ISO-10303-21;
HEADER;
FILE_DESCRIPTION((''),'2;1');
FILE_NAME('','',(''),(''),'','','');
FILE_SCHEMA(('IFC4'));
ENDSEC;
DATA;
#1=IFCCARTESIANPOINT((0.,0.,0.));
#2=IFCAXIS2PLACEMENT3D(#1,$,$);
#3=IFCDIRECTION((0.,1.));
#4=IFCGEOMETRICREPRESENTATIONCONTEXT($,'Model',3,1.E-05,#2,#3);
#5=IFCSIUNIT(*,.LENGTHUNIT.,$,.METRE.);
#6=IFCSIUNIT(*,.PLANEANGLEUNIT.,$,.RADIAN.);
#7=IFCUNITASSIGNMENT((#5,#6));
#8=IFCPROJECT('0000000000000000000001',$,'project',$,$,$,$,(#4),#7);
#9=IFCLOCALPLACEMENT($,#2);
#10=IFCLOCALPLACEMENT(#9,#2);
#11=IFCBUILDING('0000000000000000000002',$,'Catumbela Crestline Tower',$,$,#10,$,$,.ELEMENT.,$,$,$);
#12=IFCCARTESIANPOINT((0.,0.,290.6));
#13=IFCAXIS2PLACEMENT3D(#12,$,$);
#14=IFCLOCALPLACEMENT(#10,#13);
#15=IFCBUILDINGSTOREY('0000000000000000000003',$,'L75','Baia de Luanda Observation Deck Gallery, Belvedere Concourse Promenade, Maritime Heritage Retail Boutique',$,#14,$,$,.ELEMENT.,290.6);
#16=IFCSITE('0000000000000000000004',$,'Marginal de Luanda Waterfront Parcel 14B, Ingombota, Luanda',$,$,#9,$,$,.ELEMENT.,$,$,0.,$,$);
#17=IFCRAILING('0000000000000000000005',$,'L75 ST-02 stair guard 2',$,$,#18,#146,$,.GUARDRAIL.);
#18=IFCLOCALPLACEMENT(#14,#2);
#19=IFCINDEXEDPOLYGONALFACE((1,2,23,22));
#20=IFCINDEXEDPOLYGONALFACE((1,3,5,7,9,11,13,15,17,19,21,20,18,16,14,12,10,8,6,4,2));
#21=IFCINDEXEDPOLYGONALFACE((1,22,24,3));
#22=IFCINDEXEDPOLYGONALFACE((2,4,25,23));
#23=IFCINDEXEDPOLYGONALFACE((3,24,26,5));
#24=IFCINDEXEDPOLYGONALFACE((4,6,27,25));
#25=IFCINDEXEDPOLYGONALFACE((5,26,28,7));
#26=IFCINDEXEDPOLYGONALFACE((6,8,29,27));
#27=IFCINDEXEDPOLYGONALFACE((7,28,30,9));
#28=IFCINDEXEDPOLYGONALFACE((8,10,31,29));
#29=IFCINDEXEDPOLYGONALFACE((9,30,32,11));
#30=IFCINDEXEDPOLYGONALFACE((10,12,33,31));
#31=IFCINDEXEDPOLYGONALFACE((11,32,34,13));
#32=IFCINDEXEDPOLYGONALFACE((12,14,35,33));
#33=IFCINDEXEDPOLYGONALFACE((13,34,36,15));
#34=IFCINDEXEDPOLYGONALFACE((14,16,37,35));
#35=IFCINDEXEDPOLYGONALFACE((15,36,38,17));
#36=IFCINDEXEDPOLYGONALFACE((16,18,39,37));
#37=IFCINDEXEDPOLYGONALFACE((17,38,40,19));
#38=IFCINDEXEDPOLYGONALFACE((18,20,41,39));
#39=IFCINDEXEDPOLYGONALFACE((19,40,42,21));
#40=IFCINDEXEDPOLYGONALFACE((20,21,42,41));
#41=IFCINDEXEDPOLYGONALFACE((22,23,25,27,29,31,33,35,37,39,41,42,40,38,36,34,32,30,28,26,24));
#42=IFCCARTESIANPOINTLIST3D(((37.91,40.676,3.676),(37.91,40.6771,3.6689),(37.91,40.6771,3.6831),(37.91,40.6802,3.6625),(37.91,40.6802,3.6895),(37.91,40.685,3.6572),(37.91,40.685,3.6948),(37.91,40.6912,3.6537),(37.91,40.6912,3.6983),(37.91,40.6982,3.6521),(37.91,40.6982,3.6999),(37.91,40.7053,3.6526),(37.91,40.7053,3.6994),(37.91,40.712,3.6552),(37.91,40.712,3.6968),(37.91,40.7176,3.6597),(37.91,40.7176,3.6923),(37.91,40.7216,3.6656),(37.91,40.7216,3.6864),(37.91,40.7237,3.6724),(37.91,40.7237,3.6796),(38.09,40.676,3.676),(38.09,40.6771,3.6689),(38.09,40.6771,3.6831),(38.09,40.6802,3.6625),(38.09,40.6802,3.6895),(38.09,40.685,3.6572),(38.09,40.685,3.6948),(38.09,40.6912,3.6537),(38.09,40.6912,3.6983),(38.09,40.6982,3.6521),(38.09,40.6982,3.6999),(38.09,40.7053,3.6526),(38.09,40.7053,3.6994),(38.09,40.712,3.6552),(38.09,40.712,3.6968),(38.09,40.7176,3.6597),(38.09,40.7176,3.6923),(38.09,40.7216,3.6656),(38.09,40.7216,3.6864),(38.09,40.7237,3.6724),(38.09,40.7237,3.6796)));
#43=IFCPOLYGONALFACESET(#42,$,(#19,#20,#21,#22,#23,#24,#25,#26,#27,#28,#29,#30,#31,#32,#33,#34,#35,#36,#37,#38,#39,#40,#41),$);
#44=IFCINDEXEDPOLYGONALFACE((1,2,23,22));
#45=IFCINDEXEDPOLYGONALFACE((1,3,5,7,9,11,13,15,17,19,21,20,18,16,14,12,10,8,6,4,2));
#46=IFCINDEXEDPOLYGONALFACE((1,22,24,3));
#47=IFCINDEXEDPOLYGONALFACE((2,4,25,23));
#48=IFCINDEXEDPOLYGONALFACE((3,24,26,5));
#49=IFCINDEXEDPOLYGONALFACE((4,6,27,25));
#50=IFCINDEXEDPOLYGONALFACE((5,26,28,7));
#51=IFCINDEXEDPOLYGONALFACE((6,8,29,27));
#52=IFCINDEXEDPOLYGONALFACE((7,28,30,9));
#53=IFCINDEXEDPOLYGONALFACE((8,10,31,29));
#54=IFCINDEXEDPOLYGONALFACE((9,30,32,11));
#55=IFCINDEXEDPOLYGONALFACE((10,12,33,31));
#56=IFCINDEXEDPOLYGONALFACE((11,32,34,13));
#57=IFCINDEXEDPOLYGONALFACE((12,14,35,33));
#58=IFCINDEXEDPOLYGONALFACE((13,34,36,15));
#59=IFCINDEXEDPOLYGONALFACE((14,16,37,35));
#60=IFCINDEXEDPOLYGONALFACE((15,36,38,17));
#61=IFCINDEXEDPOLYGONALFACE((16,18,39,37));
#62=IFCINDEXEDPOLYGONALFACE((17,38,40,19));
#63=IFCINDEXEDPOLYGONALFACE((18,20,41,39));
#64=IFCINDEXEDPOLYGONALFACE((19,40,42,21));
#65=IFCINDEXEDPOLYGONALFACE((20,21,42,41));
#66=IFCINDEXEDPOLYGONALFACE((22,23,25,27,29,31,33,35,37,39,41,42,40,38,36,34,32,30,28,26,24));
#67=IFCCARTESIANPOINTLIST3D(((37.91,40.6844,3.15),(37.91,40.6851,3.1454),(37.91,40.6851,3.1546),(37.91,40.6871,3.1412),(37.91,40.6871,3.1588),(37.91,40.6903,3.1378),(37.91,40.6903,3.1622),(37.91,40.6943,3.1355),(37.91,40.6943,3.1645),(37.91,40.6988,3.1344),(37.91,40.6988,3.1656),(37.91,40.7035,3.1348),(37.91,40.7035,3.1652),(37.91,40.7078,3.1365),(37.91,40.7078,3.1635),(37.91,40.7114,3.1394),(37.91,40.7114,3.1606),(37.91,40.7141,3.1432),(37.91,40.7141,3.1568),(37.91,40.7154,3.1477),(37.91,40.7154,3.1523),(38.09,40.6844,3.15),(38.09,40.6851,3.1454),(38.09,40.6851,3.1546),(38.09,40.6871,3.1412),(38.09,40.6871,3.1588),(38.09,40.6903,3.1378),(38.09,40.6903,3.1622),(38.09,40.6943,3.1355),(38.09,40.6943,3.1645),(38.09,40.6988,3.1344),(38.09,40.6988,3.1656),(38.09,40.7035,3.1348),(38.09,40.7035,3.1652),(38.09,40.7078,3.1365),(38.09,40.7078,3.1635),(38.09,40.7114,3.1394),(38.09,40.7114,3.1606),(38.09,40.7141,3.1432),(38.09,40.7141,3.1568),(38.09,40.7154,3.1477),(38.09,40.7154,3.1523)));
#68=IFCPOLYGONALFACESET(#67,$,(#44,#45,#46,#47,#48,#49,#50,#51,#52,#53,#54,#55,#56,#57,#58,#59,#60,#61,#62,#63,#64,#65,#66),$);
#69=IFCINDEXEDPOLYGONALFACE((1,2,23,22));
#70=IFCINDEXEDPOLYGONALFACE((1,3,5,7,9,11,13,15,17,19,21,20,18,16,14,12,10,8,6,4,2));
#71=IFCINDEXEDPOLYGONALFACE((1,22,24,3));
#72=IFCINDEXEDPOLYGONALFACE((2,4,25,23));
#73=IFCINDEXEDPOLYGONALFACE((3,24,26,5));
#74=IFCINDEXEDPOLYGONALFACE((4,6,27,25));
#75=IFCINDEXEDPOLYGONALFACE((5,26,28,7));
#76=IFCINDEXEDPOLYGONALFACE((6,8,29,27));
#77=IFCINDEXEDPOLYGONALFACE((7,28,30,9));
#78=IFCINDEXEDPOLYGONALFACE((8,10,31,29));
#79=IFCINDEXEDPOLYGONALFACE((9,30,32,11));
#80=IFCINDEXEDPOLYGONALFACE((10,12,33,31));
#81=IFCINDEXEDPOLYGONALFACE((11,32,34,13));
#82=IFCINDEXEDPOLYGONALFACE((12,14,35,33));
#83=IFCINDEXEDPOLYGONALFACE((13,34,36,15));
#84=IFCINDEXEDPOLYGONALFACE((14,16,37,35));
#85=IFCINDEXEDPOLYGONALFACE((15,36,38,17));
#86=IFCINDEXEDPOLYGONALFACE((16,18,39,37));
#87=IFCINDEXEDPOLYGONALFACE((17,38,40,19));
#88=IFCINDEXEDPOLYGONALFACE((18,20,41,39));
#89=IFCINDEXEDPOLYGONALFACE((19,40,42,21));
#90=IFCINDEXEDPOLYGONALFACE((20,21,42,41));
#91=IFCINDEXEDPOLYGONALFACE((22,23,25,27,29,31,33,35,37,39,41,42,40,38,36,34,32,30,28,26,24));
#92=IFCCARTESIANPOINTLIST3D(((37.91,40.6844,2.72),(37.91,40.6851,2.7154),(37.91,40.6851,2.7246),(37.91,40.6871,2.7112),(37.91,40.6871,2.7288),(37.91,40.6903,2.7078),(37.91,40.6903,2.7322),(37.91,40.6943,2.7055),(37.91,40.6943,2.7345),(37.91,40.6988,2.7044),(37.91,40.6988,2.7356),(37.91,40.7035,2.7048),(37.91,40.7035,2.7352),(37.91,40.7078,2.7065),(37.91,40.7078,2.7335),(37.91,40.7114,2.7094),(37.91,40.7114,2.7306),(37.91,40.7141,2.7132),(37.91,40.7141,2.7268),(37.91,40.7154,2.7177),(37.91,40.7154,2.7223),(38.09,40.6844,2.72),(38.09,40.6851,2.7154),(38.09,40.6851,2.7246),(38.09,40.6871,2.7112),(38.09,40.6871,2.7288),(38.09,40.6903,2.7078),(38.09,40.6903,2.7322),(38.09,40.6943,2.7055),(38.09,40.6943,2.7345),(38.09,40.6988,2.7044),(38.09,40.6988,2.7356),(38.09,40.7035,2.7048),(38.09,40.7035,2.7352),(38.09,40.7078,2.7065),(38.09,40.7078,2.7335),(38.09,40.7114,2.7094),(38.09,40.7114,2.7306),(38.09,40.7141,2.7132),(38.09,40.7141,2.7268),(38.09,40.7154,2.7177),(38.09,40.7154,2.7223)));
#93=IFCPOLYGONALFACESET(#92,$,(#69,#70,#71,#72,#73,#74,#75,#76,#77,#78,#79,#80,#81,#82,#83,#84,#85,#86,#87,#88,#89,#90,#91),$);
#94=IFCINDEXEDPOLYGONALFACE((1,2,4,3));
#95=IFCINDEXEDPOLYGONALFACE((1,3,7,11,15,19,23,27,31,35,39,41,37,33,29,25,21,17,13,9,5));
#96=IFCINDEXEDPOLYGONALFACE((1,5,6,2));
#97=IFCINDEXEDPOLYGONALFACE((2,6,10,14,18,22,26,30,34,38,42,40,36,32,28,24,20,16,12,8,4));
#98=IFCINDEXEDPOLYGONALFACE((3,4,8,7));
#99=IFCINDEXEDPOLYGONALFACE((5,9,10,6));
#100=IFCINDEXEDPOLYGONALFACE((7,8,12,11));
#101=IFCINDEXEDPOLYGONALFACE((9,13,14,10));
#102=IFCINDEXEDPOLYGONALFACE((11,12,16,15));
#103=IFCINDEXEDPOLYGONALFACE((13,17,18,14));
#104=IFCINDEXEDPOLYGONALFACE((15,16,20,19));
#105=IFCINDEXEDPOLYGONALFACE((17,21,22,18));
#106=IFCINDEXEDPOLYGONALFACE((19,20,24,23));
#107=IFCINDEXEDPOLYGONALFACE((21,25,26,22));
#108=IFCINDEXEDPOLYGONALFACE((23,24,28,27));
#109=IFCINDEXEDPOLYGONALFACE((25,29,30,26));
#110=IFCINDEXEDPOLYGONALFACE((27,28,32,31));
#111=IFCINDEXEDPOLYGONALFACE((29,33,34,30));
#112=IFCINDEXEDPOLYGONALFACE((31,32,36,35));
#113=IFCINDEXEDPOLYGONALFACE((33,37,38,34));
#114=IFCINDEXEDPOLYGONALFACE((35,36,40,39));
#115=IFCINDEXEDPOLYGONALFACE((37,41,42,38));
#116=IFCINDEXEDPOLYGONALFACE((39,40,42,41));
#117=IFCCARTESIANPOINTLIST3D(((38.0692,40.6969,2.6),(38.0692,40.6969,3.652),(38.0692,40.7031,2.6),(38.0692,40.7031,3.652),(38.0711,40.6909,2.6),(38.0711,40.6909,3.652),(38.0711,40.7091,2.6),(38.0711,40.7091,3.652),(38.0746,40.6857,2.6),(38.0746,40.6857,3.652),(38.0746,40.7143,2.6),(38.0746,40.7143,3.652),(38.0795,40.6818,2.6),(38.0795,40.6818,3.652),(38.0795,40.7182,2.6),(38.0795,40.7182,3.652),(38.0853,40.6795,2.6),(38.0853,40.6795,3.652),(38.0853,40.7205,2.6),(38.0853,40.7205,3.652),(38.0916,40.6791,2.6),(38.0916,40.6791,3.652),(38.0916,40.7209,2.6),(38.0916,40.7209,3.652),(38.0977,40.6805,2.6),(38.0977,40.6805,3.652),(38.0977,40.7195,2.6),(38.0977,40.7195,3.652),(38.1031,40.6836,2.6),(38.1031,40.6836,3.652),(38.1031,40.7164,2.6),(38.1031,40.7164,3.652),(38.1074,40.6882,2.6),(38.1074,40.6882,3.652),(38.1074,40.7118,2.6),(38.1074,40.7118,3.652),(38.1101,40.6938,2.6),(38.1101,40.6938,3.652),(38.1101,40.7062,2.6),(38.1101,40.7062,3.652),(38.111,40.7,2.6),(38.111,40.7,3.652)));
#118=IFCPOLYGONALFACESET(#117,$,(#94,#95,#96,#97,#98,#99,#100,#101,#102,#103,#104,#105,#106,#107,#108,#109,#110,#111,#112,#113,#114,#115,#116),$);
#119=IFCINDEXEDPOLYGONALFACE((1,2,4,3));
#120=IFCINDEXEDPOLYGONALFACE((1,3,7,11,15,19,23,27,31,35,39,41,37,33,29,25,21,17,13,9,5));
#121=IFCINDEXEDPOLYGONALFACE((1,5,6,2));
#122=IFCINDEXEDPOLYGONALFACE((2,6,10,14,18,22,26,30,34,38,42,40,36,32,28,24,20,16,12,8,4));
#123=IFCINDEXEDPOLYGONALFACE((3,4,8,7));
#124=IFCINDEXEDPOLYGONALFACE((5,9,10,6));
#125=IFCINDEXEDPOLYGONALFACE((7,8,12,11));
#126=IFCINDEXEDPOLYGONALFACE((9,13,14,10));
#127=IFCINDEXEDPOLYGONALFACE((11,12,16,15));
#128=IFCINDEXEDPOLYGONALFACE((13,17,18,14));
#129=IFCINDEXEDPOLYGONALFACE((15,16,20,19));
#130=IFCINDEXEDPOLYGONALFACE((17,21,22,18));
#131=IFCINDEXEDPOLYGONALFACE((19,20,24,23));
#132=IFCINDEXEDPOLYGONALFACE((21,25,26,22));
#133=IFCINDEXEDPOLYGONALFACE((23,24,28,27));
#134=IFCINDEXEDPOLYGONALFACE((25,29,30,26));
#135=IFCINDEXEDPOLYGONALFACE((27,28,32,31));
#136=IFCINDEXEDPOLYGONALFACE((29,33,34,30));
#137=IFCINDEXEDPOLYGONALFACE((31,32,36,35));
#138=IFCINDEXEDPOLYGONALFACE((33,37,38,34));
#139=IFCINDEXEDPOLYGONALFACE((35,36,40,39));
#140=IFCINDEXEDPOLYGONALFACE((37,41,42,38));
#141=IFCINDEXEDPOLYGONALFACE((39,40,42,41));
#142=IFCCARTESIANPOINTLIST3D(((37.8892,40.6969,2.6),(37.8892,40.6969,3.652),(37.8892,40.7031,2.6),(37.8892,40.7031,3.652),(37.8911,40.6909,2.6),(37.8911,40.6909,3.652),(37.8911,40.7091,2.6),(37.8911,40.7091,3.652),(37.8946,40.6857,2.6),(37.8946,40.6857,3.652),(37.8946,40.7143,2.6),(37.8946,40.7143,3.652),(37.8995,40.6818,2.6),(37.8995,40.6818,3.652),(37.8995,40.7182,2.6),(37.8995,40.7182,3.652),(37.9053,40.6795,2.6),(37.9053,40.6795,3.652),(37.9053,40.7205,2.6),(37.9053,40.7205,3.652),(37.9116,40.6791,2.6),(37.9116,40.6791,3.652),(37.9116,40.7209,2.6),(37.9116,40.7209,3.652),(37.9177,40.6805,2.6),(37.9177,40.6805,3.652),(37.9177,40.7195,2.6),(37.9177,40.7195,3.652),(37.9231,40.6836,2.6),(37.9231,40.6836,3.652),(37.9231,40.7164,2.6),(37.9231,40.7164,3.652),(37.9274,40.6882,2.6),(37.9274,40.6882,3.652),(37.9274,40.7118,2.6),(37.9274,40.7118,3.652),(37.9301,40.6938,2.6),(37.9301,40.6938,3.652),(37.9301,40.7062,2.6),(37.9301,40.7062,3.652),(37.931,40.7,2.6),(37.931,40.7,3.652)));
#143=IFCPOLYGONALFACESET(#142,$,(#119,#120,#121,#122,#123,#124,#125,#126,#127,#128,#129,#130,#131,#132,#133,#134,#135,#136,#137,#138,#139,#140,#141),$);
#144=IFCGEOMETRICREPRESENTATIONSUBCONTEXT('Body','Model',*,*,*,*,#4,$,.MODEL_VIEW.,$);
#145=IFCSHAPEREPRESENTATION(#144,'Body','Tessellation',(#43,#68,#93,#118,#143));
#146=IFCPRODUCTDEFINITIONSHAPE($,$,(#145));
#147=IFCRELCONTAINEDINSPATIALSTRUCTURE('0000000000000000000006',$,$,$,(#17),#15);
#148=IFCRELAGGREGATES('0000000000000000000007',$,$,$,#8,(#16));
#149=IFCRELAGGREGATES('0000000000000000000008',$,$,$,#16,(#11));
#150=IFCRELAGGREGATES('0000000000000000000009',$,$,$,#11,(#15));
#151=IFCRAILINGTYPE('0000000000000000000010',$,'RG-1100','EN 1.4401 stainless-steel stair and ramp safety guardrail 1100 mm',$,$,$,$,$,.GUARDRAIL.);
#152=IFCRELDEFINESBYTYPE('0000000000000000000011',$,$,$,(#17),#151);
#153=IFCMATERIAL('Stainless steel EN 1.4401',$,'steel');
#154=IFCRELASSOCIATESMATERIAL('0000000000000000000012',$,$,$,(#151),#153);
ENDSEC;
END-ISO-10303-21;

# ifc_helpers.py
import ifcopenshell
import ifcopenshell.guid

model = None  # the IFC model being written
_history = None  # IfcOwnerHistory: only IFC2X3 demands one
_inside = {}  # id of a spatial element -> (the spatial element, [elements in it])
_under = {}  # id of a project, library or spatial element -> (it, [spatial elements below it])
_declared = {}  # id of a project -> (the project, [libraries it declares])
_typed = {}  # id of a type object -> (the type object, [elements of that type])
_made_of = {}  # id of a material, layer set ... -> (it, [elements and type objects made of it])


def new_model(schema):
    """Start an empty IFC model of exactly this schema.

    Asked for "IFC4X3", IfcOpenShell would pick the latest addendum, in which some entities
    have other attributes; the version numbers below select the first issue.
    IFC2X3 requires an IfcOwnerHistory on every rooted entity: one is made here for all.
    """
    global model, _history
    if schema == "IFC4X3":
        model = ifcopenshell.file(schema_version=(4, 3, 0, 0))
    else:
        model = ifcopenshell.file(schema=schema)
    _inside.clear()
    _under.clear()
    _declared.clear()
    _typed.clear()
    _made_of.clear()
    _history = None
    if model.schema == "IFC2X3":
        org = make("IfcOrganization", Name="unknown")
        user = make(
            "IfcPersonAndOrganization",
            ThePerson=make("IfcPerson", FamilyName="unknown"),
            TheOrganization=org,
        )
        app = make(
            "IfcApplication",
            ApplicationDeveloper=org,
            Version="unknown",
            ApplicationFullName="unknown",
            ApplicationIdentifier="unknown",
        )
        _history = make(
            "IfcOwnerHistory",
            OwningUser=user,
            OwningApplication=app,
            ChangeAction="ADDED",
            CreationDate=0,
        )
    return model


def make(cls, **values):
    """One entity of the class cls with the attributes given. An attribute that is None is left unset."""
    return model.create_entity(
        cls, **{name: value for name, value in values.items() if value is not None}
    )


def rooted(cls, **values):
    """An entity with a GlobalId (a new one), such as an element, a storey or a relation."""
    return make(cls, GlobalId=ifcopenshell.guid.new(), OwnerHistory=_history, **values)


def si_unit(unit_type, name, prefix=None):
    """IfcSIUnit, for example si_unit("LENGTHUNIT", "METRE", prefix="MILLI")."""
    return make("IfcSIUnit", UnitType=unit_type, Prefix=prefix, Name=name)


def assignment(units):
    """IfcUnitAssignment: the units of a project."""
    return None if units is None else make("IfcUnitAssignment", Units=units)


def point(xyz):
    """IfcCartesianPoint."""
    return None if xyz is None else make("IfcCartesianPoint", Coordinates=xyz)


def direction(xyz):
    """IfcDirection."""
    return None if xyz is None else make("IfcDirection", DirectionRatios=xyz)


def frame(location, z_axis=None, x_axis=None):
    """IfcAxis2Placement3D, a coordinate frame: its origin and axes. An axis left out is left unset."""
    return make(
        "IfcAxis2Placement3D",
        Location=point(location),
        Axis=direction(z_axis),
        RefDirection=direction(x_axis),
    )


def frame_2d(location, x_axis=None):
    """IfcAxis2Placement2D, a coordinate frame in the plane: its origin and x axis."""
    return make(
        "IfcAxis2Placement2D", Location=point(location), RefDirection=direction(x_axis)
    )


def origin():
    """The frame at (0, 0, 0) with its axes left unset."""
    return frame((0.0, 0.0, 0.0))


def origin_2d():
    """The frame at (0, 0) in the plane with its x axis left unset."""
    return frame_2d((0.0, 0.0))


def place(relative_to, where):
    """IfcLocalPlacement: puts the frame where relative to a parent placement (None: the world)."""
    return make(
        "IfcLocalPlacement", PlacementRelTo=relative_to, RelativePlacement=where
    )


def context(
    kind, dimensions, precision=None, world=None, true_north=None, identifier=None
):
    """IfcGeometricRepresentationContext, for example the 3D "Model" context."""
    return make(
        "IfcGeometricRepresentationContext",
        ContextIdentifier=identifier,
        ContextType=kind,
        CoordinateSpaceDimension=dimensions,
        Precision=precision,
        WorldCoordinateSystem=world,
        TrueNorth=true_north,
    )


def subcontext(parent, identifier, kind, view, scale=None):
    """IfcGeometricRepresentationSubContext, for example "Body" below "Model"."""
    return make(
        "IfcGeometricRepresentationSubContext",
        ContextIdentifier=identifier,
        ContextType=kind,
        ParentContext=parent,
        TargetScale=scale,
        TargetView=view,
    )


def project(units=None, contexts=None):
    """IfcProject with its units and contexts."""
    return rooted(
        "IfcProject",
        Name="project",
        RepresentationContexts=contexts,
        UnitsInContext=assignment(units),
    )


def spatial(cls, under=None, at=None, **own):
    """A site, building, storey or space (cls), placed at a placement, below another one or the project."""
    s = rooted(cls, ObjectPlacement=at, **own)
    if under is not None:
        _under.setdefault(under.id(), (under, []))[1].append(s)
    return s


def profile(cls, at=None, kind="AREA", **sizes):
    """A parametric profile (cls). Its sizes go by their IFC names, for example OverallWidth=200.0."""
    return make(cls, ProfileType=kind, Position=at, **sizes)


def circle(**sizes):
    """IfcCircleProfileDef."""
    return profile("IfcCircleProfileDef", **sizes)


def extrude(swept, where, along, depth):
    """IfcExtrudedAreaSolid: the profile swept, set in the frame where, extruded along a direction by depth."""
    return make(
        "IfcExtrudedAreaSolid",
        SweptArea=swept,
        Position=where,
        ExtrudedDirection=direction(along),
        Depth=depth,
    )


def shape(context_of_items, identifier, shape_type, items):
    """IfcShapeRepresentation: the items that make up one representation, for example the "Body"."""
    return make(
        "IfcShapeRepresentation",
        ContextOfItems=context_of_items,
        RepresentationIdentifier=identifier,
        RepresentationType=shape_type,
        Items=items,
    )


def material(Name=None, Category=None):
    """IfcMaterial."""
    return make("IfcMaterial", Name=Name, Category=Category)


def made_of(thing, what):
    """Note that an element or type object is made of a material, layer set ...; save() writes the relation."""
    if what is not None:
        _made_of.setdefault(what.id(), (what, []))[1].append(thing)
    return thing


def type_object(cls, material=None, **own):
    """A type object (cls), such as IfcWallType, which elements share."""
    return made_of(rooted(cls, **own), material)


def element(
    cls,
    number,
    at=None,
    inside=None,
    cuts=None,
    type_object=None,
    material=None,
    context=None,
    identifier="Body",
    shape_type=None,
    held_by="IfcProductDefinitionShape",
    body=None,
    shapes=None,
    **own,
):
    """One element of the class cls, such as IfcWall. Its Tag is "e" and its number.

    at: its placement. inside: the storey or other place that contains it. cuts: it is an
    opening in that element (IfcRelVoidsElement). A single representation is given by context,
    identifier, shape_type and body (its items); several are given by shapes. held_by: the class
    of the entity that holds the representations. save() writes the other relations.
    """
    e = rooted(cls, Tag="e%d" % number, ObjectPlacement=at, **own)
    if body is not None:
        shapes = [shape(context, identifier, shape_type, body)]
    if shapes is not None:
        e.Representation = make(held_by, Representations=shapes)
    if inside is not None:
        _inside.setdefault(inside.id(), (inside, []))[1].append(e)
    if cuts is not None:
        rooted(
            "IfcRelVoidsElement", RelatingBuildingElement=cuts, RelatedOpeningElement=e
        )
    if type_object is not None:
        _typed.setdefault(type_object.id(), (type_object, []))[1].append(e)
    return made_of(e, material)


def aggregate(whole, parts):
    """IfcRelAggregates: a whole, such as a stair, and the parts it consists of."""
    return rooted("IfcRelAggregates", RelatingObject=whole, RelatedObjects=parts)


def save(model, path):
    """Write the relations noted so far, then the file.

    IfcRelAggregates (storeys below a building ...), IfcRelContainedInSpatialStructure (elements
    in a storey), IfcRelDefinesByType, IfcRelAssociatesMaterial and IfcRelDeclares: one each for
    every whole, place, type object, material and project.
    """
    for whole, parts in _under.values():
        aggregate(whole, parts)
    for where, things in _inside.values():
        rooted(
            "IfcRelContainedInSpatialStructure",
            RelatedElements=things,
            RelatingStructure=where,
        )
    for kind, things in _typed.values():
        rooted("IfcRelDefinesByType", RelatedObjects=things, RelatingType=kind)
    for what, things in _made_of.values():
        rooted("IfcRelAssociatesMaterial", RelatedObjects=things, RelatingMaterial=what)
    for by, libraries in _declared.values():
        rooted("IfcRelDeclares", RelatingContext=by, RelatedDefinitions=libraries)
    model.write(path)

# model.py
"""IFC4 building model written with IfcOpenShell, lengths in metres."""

from ifc_helpers import new_model, si_unit, direction, frame, origin, origin_2d, place, context, subcontext, project, spatial, circle, extrude, material, type_object, element, save


model = new_model("IFC4")

# Units and contexts
model_context = context("Model", 3, precision=1e-05, world=origin(), true_north=direction((0.0, 1.0)))
body_context = subcontext(model_context, "Body", "Model", "MODEL_VIEW")
ifc_project = project(units=[si_unit("LENGTHUNIT", "METRE"), si_unit("PLANEANGLEUNIT", "RADIAN")], contexts=[model_context])

# Site, building, storey
site_placement = place(None, origin())
site = spatial("IfcSite", under=ifc_project, at=site_placement, Name="Marginal de Luanda Waterfront Parcel 14B, Ingombota, Luanda", CompositionType="ELEMENT", RefElevation=0.0)
building_placement = place(site_placement, origin())
building = spatial("IfcBuilding", under=site, at=building_placement, Name="Catumbela Crestline Tower", CompositionType="ELEMENT")
storey_placement = place(building_placement, frame((0.0, 0.0, 290.6)))
storey = spatial("IfcBuildingStorey", under=building, at=storey_placement, Name="L75", Description="Baia de Luanda Observation Deck Gallery, Belvedere Concourse Promenade, Maritime Heritage Retail Boutique", CompositionType="ELEMENT", Elevation=290.6)

# Railing
ifc_material_1 = material(Name="Stainless steel EN 1.4401", Category="steel")
railing_type_1 = type_object("IfcRailingType", Name="RG-1100", Description="EN 1.4401 stainless-steel stair and ramp safety guardrail 1100 mm", PredefinedType="GUARDRAIL", material=ifc_material_1)
railing_1_placement = place(storey_placement, frame((38.09, 40.7, 2.6)))
element("IfcRailing", 1, at=railing_1_placement, inside=storey, type_object=railing_type_1, Name="L75 ST-02 stair guard 2", PredefinedType="GUARDRAIL", context=body_context, shape_type="SweptSolid", body=[
    extrude(circle(Radius=0.024, at=origin_2d()), frame((0.0, 0.0, 1.076), z_axis=(-1.0, 0.0, 0.0), x_axis=(0.0, -1.0, 0.0)), (0.0, 0.0, 1.0), 0.18),
    extrude(circle(Radius=0.0156, at=origin_2d()), frame((0.0, 0.0, 0.55), z_axis=(-1.0, 0.0, 0.0), x_axis=(0.0, -1.0, 0.0)), (0.0, 0.0, 1.0), 0.18),
    extrude(circle(Radius=0.0156, at=origin_2d()), frame((0.0, 0.0, 0.12), z_axis=(-1.0, 0.0, 0.0), x_axis=(0.0, -1.0, 0.0)), (0.0, 0.0, 1.0), 0.18),
    extrude(circle(Radius=0.021, at=origin_2d()), origin(), (0.0, 0.0, 1.0), 1.052),
    extrude(circle(Radius=0.021, at=origin_2d()), frame((-0.18, 0.0, 0.0)), (0.0, 0.0, 1.0), 1.052),
])

save(model, "model.ifc")
